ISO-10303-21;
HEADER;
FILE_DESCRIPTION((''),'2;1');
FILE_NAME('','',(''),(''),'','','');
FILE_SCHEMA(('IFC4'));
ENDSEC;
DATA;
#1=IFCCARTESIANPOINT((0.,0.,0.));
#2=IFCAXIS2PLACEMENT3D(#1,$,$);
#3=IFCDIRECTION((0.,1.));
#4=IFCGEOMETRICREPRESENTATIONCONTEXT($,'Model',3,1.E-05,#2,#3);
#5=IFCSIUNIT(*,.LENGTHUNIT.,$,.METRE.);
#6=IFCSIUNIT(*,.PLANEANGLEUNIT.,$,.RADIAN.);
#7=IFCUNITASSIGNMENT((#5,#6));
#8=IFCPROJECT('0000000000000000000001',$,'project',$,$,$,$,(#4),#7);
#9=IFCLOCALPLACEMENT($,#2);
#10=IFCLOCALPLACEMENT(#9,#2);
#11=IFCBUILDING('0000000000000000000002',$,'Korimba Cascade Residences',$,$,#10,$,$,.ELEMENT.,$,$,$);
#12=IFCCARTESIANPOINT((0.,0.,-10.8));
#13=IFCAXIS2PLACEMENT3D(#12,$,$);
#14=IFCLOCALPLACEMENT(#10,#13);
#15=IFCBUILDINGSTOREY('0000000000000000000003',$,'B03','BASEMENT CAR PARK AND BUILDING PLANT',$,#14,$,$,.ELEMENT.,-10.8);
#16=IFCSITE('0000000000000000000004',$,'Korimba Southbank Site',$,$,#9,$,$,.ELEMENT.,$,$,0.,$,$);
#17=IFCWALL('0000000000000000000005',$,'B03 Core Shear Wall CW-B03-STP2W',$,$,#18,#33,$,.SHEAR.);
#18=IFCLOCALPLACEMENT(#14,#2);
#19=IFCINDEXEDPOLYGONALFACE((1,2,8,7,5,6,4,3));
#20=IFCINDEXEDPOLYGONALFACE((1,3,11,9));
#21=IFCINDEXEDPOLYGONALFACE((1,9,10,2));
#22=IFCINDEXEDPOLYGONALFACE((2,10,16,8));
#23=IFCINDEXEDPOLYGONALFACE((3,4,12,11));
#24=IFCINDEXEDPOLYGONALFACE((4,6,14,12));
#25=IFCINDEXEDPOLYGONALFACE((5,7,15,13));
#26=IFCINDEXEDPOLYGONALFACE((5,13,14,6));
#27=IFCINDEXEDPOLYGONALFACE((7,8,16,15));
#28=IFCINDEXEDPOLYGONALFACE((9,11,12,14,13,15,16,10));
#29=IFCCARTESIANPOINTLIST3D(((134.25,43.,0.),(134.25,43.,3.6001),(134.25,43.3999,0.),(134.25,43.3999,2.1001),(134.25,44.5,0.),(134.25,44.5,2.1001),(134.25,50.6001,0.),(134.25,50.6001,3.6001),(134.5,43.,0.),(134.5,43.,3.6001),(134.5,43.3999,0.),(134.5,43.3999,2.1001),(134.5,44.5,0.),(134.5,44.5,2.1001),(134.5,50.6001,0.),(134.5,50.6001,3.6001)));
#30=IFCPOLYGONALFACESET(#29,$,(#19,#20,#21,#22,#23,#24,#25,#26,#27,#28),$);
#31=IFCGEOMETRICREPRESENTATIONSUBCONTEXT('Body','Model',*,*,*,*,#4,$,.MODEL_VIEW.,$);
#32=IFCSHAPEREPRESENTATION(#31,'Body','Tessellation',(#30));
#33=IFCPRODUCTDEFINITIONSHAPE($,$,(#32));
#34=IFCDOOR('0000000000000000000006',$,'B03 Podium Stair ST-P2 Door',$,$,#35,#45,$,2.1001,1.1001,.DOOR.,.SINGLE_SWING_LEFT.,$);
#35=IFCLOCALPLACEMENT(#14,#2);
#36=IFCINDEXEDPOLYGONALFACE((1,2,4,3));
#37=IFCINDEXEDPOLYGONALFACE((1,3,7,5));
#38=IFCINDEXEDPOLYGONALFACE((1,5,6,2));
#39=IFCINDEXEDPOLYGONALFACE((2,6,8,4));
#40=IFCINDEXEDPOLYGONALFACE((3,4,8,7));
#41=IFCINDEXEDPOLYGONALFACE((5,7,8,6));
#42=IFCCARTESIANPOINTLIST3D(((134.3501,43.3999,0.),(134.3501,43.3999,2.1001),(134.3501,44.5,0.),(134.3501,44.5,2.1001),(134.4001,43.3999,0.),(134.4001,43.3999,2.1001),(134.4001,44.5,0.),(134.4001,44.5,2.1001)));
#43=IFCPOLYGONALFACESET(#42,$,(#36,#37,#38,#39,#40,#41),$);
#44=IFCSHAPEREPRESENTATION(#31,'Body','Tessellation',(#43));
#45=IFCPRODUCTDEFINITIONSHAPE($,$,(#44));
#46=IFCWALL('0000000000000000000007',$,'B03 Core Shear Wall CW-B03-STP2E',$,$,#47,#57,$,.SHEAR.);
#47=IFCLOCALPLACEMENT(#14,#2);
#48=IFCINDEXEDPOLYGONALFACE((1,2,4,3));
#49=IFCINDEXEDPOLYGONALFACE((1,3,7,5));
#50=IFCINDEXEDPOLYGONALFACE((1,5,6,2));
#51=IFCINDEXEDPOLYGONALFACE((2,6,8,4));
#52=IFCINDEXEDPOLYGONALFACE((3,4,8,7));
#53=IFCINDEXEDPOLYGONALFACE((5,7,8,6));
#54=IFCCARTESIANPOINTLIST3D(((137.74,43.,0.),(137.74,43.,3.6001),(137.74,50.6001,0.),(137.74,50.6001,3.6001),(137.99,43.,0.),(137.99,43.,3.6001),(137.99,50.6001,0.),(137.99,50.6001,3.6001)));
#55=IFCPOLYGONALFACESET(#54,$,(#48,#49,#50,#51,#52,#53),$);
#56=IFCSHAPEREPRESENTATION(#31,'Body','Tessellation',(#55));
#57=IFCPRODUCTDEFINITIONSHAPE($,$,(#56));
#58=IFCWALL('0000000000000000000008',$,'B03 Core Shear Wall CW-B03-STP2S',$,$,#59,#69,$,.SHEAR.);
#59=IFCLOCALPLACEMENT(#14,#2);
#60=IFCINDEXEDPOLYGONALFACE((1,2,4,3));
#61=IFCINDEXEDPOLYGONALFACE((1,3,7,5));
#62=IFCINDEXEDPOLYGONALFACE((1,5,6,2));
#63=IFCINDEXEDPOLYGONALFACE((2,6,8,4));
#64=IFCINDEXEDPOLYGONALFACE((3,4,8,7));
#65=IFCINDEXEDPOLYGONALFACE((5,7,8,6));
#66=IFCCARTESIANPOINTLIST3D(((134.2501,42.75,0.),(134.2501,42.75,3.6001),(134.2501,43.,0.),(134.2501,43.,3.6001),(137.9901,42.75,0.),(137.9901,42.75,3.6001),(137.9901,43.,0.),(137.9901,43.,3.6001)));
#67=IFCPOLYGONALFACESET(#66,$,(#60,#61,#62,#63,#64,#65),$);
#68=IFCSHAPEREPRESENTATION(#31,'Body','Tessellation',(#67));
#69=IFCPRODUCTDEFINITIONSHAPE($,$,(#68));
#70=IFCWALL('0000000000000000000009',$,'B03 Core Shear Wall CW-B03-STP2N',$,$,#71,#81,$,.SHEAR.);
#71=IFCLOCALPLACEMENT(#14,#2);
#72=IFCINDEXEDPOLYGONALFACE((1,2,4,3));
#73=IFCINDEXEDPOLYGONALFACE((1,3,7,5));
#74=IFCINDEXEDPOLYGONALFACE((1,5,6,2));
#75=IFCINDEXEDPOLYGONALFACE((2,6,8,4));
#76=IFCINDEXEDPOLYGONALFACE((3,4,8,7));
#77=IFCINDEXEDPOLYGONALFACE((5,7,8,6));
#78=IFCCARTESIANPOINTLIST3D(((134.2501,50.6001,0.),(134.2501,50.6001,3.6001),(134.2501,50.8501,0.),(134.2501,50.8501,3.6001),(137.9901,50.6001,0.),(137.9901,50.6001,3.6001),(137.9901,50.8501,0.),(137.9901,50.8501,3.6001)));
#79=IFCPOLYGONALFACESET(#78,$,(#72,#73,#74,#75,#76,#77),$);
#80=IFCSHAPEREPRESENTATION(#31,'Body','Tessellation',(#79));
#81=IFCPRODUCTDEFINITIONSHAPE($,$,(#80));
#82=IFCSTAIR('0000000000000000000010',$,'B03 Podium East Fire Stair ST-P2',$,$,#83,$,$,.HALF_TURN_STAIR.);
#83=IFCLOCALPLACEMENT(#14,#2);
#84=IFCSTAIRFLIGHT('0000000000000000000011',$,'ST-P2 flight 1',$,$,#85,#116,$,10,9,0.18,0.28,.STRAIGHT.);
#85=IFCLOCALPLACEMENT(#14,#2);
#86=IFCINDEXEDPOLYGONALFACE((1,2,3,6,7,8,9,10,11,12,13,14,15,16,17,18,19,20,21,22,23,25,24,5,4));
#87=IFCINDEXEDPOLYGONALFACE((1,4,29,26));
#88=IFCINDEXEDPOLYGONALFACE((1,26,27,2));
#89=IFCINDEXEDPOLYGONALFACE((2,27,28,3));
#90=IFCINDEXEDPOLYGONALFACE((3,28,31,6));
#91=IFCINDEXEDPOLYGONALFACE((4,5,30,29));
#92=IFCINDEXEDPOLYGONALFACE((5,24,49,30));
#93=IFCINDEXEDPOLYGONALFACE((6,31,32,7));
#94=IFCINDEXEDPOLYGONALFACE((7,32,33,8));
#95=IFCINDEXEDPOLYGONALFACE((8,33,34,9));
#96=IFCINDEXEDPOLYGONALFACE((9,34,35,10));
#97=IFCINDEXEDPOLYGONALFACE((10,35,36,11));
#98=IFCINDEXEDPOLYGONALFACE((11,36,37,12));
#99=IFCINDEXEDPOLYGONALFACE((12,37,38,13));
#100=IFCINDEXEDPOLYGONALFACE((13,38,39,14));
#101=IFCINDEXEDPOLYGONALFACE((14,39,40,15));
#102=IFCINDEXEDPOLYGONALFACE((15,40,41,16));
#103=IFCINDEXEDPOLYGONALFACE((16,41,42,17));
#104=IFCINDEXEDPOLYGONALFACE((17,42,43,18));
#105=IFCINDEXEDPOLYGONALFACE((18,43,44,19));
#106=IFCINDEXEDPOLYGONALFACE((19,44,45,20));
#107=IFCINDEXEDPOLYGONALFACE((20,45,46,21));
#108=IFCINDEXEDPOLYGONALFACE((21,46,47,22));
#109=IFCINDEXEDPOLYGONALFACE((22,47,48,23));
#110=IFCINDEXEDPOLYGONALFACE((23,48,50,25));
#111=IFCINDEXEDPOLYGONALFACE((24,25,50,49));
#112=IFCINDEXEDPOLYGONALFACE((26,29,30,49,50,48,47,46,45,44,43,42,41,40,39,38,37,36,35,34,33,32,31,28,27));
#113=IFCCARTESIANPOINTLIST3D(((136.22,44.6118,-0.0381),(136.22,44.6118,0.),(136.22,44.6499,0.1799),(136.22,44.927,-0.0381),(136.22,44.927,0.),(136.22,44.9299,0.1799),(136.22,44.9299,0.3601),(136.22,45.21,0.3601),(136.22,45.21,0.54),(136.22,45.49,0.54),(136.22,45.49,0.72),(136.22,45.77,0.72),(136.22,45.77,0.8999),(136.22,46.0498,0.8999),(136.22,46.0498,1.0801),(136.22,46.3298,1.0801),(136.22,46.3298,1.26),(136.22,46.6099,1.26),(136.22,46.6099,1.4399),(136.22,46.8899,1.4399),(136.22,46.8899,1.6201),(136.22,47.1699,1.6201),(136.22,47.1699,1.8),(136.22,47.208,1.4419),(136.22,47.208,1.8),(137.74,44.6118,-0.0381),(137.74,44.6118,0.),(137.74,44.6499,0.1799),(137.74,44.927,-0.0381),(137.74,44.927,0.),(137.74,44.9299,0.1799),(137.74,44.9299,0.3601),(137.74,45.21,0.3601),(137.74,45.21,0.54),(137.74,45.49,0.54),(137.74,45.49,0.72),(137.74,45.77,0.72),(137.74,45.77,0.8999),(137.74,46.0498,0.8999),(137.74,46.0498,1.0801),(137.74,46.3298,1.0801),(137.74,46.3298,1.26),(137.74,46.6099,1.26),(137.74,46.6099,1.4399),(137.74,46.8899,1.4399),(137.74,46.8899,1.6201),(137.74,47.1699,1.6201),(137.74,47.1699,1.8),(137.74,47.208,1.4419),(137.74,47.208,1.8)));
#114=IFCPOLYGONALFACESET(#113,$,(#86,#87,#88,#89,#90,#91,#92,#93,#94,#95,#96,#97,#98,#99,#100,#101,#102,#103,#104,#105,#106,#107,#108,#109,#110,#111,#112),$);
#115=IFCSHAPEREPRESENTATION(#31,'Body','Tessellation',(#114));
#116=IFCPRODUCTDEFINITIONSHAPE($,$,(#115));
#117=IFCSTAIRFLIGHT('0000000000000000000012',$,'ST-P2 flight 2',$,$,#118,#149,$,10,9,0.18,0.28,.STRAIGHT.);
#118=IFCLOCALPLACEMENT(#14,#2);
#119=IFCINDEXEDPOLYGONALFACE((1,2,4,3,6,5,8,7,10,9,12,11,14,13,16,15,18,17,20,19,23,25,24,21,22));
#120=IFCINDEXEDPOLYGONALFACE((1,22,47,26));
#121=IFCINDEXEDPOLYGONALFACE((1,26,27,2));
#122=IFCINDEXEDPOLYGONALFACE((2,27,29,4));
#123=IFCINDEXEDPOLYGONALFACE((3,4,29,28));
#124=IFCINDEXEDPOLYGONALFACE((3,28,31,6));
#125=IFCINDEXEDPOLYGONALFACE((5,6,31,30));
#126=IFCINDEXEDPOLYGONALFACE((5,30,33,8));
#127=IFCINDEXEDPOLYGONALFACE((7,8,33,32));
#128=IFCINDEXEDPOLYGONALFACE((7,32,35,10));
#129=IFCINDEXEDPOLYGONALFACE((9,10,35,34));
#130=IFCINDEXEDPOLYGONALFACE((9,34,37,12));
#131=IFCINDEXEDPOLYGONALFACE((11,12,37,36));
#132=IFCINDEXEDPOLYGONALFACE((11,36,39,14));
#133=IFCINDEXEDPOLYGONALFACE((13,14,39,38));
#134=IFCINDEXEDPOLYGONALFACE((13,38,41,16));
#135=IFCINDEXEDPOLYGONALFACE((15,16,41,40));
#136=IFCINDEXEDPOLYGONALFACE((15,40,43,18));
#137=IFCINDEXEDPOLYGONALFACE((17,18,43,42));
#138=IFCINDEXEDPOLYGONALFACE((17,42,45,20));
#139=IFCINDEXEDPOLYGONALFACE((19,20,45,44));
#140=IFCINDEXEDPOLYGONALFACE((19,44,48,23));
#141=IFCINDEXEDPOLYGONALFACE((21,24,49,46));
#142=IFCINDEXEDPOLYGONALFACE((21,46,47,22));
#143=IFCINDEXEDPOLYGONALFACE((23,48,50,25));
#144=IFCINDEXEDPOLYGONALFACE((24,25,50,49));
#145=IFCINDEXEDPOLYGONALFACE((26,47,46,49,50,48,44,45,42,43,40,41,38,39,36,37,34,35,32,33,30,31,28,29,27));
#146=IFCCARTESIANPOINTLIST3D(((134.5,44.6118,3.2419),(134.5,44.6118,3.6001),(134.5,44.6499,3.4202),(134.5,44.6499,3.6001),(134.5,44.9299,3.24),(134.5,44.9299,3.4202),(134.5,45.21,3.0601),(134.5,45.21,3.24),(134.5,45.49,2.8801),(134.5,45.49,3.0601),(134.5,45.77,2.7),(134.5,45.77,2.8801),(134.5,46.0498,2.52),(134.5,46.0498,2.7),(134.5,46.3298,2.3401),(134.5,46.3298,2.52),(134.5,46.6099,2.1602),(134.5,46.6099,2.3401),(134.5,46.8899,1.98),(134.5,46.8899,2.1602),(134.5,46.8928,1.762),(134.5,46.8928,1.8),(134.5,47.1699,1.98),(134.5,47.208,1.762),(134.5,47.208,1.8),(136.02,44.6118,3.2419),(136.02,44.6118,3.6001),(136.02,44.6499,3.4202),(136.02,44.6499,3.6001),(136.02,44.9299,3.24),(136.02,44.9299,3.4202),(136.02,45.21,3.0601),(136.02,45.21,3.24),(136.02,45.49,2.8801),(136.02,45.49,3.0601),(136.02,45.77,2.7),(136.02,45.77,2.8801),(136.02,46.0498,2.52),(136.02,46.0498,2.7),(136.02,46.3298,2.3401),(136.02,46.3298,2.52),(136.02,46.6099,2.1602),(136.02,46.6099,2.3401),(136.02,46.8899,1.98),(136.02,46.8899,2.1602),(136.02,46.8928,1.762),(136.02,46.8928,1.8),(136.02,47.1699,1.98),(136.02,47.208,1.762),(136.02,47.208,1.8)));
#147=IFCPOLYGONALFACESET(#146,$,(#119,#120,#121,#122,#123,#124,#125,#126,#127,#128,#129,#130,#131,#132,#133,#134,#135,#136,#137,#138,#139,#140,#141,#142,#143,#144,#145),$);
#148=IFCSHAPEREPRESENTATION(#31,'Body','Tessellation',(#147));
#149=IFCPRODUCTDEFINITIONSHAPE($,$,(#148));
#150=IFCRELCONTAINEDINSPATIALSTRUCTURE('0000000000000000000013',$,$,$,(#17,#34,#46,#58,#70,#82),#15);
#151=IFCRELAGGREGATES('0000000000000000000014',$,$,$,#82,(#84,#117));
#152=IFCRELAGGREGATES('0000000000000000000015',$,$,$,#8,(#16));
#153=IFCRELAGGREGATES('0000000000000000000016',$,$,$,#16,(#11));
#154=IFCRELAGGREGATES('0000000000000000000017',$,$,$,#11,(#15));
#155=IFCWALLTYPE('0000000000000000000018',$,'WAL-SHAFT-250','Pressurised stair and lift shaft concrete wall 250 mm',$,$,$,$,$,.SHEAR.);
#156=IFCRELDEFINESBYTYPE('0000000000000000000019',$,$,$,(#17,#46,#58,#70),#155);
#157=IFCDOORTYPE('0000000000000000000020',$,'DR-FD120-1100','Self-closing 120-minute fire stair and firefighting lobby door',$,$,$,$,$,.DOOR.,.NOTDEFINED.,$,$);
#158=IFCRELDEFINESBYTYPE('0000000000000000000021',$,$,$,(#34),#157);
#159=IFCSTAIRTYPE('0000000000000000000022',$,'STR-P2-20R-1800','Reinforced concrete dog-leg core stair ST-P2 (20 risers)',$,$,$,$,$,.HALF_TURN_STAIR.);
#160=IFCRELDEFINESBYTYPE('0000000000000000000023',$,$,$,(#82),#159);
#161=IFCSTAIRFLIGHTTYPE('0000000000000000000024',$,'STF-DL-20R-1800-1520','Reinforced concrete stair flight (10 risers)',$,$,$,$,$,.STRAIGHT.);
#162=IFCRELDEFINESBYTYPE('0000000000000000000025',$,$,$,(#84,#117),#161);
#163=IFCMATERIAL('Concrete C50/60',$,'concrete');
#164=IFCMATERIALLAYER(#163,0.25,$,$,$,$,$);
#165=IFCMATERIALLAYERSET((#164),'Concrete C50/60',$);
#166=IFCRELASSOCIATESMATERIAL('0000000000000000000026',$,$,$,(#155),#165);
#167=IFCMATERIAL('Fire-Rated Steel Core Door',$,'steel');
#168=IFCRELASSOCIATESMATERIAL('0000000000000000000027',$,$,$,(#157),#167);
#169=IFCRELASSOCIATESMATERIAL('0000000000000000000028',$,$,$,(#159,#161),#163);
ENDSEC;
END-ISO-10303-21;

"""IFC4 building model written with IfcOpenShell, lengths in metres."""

from ifc_helpers import new_model, si_unit, direction, frame, frame_2d, origin, place, context, subcontext, project, spatial, polyline, rectangle, outline, extrude, material, layer, layer_set, type_object, element, fill, aggregate, save


model = new_model("IFC4")

# Units and contexts
model_context = context("Model", 3, precision=1e-05, world=origin(), true_north=direction((0.0, 1.0)))
body_context = subcontext(model_context, "Body", "Model", "MODEL_VIEW")
ifc_project = project(units=[si_unit("LENGTHUNIT", "METRE"), si_unit("PLANEANGLEUNIT", "RADIAN")], contexts=[model_context])

# Site, building, storey
site_placement = place(None, origin())
site = spatial("IfcSite", under=ifc_project, at=site_placement, Name="Korimba Southbank Site", CompositionType="ELEMENT", RefElevation=0.0)
building_placement = place(site_placement, origin())
building = spatial("IfcBuilding", under=site, at=building_placement, Name="Korimba Cascade Residences", CompositionType="ELEMENT")
storey_placement = place(building_placement, frame((0.0, 0.0, -10.8)))
storey = spatial("IfcBuildingStorey", under=building, at=storey_placement, Name="B03", Description="BASEMENT CAR PARK AND BUILDING PLANT", CompositionType="ELEMENT", Elevation=-10.8)

# Shared definitions
ifc_material_1 = material(Name="Concrete C50/60", Category="concrete")

# Wall, opening, door
ifc_layer_1 = layer(ifc_material_1, 0.25)
ifc_layer_set_1 = layer_set([ifc_layer_1], Name="Concrete C50/60")
wall_type_1 = type_object("IfcWallType", Name="WAL-SHAFT-250", Description="Pressurised stair and lift shaft concrete wall 250 mm", PredefinedType="SHEAR", material=ifc_layer_set_1)
wall_1_placement = place(storey_placement, frame((134.375, 43.0, 0.0), z_axis=(0.0, 0.0, 1.0), x_axis=(0.0, 1.0, 0.0)))
wall_1 = element("IfcWall", 1, at=wall_1_placement, inside=storey, type_object=wall_type_1, Name="B03 Core Shear Wall CW-B03-STP2W", PredefinedType="SHEAR", context=body_context, shape_type="SweptSolid", body=[
    extrude(rectangle(XDim=7.6001, YDim=0.25, at=frame_2d((3.8, 0.0))), origin(), (0.0, 0.0, 1.0), 3.6001),
])
opening_placement = place(wall_1_placement, frame((0.3999, 0.0, 0.0)))
opening = element("IfcOpeningElement", 2, at=opening_placement, cuts=wall_1, PredefinedType="OPENING", context=body_context, shape_type="SweptSolid", body=[
    extrude(rectangle(XDim=1.1001, YDim=2.1001, at=frame_2d((0.55, 1.05))), frame((0.0, 0.135, 0.0), z_axis=(0.0, -1.0, 0.0), x_axis=(1.0, 0.0, 0.0)), (0.0, 0.0, 1.0), 0.27),
])
ifc_material_2 = material(Name="Fire-Rated Steel Core Door", Category="steel")
door_type = type_object("IfcDoorType", Name="DR-FD120-1100", Description="Self-closing 120-minute fire stair and firefighting lobby door", OperationType="NOTDEFINED", PredefinedType="DOOR", material=ifc_material_2)
door_placement = place(opening_placement, origin())
door = element("IfcDoor", 3, at=door_placement, inside=storey, type_object=door_type, Name="B03 Podium Stair ST-P2 Door", OperationType="SINGLE_SWING_LEFT", OverallHeight=2.1001, OverallWidth=1.1001, PredefinedType="DOOR", context=body_context, shape_type="SweptSolid", body=[
    extrude(rectangle(XDim=1.1001, YDim=2.1001, at=frame_2d((0.55, 1.05))), frame((0.0, 0.0249, 0.0), z_axis=(0.0, -1.0, 0.0), x_axis=(1.0, 0.0, 0.0)), (0.0, 0.0, 1.0), 0.05),
])
fill(opening, door)

# Walls
wall_2_placement = place(storey_placement, frame((137.865, 43.0, 0.0), z_axis=(0.0, 0.0, 1.0), x_axis=(0.0, 1.0, 0.0)))
element("IfcWall", 4, at=wall_2_placement, inside=storey, type_object=wall_type_1, Name="B03 Core Shear Wall CW-B03-STP2E", PredefinedType="SHEAR", context=body_context, shape_type="SweptSolid", body=[
    extrude(rectangle(XDim=7.6001, YDim=0.25, at=frame_2d((3.8, 0.0))), origin(), (0.0, 0.0, 1.0), 3.6001),
])
for number, where, z_axis, x_axis, name in (
    (5, (134.25, 42.875, 0.0), (0.0, 0.0, 1.0), (1.0, 0.0, 0.0), "B03 Core Shear Wall CW-B03-STP2S"),
    (6, (134.25, 50.7251, 0.0), (0.0, 0.0, 1.0), (1.0, 0.0, 0.0), "B03 Core Shear Wall CW-B03-STP2N"),
):
    element("IfcWall", number, at=place(storey_placement, frame(where, z_axis=z_axis, x_axis=x_axis)), inside=storey, type_object=wall_type_1, Name=name, PredefinedType="SHEAR", context=body_context, shape_type="SweptSolid", body=[
        extrude(rectangle(XDim=3.74, YDim=0.25, at=frame_2d((1.8701, 0.0))), origin(), (0.0, 0.0, 1.0), 3.6001),
    ])

# Stair, stair flights
stair_type = type_object("IfcStairType", Name="STR-P2-20R-1800", Description="Reinforced concrete dog-leg core stair ST-P2 (20 risers)", PredefinedType="HALF_TURN_STAIR", material=ifc_material_1)
stair_placement = place(storey_placement, origin())
stair = element("IfcStair", 7, at=stair_placement, inside=storey, type_object=stair_type, Name="B03 Podium East Fire Stair ST-P2", PredefinedType="HALF_TURN_STAIR")
stair_flight_type = type_object("IfcStairFlightType", Name="STF-DL-20R-1800-1520", Description="Reinforced concrete stair flight (10 risers)", PredefinedType="STRAIGHT", material=ifc_material_1)
stair_flight_1_placement = place(storey_placement, frame((136.98, 44.6499, 0.0), z_axis=(0.0, 0.0, 1.0), x_axis=(0.0, 1.0, 0.0)))
stair_flight_1 = element("IfcStairFlight", 8, at=stair_flight_1_placement, type_object=stair_flight_type, Name="ST-P2 flight 1", NumberOfRisers=10, NumberOfTreads=9, PredefinedType="STRAIGHT", RiserHeight=0.18, TreadLength=0.28, context=body_context, shape_type="SweptSolid", body=[
    extrude(outline(polyline([(-0.0381, 0.0), (0.0, 0.1799), (0.28, 0.1799), (0.28, 0.3601), (0.5601, 0.3601), (0.5601, 0.54), (0.8401, 0.54), (0.8401, 0.72), (1.1201, 0.72), (1.1201, 0.8999), (1.3999, 0.8999), (1.3999, 1.0801), (1.6799, 1.0801), (1.6799, 1.26), (1.96, 1.26), (1.96, 1.4399), (2.24, 1.4399), (2.24, 1.6201), (2.52, 1.6201), (2.52, 1.8), (2.5581, 1.8), (2.5581, 1.4419), (0.2771, 0.0), (0.2771, -0.0381), (-0.0381, -0.0381), (-0.0381, 0.0)])), frame((0.0, 0.76, 0.0), z_axis=(0.0, -1.0, 0.0), x_axis=(1.0, 0.0, 0.0)), (0.0, 0.0, 1.0), 1.52),
])
stair_flight_2_placement = place(storey_placement, frame((135.26, 47.1699, 1.8), z_axis=(0.0, 0.0, 1.0), x_axis=(0.0, -1.0, 0.0)))
stair_flight_2 = element("IfcStairFlight", 9, at=stair_flight_2_placement, type_object=stair_flight_type, Name="ST-P2 flight 2", NumberOfRisers=10, NumberOfTreads=9, PredefinedType="STRAIGHT", RiserHeight=0.18, TreadLength=0.28, context=body_context, shape_type="SweptSolid", body=[
    extrude(outline(polyline([(-0.0381, 0.0), (0.0, 0.1799), (0.28, 0.1799), (0.28, 0.3601), (0.5601, 0.3601), (0.5601, 0.54), (0.8401, 0.54), (0.8401, 0.72), (1.1201, 0.72), (1.1201, 0.8999), (1.3999, 0.8999), (1.3999, 1.0801), (1.6799, 1.0801), (1.6799, 1.26), (1.96, 1.26), (1.96, 1.4399), (2.24, 1.4399), (2.24, 1.6201), (2.52, 1.6201), (2.52, 1.8), (2.5581, 1.8), (2.5581, 1.4419), (0.2771, 0.0), (0.2771, -0.0381), (-0.0381, -0.0381), (-0.0381, 0.0)])), frame((0.0, 0.76, 0.0), z_axis=(0.0, -1.0, 0.0), x_axis=(1.0, 0.0, 0.0)), (0.0, 0.0, 1.0), 1.52),
])
aggregate(stair, [stair_flight_1, stair_flight_2])

save(model, "model.ifc")
